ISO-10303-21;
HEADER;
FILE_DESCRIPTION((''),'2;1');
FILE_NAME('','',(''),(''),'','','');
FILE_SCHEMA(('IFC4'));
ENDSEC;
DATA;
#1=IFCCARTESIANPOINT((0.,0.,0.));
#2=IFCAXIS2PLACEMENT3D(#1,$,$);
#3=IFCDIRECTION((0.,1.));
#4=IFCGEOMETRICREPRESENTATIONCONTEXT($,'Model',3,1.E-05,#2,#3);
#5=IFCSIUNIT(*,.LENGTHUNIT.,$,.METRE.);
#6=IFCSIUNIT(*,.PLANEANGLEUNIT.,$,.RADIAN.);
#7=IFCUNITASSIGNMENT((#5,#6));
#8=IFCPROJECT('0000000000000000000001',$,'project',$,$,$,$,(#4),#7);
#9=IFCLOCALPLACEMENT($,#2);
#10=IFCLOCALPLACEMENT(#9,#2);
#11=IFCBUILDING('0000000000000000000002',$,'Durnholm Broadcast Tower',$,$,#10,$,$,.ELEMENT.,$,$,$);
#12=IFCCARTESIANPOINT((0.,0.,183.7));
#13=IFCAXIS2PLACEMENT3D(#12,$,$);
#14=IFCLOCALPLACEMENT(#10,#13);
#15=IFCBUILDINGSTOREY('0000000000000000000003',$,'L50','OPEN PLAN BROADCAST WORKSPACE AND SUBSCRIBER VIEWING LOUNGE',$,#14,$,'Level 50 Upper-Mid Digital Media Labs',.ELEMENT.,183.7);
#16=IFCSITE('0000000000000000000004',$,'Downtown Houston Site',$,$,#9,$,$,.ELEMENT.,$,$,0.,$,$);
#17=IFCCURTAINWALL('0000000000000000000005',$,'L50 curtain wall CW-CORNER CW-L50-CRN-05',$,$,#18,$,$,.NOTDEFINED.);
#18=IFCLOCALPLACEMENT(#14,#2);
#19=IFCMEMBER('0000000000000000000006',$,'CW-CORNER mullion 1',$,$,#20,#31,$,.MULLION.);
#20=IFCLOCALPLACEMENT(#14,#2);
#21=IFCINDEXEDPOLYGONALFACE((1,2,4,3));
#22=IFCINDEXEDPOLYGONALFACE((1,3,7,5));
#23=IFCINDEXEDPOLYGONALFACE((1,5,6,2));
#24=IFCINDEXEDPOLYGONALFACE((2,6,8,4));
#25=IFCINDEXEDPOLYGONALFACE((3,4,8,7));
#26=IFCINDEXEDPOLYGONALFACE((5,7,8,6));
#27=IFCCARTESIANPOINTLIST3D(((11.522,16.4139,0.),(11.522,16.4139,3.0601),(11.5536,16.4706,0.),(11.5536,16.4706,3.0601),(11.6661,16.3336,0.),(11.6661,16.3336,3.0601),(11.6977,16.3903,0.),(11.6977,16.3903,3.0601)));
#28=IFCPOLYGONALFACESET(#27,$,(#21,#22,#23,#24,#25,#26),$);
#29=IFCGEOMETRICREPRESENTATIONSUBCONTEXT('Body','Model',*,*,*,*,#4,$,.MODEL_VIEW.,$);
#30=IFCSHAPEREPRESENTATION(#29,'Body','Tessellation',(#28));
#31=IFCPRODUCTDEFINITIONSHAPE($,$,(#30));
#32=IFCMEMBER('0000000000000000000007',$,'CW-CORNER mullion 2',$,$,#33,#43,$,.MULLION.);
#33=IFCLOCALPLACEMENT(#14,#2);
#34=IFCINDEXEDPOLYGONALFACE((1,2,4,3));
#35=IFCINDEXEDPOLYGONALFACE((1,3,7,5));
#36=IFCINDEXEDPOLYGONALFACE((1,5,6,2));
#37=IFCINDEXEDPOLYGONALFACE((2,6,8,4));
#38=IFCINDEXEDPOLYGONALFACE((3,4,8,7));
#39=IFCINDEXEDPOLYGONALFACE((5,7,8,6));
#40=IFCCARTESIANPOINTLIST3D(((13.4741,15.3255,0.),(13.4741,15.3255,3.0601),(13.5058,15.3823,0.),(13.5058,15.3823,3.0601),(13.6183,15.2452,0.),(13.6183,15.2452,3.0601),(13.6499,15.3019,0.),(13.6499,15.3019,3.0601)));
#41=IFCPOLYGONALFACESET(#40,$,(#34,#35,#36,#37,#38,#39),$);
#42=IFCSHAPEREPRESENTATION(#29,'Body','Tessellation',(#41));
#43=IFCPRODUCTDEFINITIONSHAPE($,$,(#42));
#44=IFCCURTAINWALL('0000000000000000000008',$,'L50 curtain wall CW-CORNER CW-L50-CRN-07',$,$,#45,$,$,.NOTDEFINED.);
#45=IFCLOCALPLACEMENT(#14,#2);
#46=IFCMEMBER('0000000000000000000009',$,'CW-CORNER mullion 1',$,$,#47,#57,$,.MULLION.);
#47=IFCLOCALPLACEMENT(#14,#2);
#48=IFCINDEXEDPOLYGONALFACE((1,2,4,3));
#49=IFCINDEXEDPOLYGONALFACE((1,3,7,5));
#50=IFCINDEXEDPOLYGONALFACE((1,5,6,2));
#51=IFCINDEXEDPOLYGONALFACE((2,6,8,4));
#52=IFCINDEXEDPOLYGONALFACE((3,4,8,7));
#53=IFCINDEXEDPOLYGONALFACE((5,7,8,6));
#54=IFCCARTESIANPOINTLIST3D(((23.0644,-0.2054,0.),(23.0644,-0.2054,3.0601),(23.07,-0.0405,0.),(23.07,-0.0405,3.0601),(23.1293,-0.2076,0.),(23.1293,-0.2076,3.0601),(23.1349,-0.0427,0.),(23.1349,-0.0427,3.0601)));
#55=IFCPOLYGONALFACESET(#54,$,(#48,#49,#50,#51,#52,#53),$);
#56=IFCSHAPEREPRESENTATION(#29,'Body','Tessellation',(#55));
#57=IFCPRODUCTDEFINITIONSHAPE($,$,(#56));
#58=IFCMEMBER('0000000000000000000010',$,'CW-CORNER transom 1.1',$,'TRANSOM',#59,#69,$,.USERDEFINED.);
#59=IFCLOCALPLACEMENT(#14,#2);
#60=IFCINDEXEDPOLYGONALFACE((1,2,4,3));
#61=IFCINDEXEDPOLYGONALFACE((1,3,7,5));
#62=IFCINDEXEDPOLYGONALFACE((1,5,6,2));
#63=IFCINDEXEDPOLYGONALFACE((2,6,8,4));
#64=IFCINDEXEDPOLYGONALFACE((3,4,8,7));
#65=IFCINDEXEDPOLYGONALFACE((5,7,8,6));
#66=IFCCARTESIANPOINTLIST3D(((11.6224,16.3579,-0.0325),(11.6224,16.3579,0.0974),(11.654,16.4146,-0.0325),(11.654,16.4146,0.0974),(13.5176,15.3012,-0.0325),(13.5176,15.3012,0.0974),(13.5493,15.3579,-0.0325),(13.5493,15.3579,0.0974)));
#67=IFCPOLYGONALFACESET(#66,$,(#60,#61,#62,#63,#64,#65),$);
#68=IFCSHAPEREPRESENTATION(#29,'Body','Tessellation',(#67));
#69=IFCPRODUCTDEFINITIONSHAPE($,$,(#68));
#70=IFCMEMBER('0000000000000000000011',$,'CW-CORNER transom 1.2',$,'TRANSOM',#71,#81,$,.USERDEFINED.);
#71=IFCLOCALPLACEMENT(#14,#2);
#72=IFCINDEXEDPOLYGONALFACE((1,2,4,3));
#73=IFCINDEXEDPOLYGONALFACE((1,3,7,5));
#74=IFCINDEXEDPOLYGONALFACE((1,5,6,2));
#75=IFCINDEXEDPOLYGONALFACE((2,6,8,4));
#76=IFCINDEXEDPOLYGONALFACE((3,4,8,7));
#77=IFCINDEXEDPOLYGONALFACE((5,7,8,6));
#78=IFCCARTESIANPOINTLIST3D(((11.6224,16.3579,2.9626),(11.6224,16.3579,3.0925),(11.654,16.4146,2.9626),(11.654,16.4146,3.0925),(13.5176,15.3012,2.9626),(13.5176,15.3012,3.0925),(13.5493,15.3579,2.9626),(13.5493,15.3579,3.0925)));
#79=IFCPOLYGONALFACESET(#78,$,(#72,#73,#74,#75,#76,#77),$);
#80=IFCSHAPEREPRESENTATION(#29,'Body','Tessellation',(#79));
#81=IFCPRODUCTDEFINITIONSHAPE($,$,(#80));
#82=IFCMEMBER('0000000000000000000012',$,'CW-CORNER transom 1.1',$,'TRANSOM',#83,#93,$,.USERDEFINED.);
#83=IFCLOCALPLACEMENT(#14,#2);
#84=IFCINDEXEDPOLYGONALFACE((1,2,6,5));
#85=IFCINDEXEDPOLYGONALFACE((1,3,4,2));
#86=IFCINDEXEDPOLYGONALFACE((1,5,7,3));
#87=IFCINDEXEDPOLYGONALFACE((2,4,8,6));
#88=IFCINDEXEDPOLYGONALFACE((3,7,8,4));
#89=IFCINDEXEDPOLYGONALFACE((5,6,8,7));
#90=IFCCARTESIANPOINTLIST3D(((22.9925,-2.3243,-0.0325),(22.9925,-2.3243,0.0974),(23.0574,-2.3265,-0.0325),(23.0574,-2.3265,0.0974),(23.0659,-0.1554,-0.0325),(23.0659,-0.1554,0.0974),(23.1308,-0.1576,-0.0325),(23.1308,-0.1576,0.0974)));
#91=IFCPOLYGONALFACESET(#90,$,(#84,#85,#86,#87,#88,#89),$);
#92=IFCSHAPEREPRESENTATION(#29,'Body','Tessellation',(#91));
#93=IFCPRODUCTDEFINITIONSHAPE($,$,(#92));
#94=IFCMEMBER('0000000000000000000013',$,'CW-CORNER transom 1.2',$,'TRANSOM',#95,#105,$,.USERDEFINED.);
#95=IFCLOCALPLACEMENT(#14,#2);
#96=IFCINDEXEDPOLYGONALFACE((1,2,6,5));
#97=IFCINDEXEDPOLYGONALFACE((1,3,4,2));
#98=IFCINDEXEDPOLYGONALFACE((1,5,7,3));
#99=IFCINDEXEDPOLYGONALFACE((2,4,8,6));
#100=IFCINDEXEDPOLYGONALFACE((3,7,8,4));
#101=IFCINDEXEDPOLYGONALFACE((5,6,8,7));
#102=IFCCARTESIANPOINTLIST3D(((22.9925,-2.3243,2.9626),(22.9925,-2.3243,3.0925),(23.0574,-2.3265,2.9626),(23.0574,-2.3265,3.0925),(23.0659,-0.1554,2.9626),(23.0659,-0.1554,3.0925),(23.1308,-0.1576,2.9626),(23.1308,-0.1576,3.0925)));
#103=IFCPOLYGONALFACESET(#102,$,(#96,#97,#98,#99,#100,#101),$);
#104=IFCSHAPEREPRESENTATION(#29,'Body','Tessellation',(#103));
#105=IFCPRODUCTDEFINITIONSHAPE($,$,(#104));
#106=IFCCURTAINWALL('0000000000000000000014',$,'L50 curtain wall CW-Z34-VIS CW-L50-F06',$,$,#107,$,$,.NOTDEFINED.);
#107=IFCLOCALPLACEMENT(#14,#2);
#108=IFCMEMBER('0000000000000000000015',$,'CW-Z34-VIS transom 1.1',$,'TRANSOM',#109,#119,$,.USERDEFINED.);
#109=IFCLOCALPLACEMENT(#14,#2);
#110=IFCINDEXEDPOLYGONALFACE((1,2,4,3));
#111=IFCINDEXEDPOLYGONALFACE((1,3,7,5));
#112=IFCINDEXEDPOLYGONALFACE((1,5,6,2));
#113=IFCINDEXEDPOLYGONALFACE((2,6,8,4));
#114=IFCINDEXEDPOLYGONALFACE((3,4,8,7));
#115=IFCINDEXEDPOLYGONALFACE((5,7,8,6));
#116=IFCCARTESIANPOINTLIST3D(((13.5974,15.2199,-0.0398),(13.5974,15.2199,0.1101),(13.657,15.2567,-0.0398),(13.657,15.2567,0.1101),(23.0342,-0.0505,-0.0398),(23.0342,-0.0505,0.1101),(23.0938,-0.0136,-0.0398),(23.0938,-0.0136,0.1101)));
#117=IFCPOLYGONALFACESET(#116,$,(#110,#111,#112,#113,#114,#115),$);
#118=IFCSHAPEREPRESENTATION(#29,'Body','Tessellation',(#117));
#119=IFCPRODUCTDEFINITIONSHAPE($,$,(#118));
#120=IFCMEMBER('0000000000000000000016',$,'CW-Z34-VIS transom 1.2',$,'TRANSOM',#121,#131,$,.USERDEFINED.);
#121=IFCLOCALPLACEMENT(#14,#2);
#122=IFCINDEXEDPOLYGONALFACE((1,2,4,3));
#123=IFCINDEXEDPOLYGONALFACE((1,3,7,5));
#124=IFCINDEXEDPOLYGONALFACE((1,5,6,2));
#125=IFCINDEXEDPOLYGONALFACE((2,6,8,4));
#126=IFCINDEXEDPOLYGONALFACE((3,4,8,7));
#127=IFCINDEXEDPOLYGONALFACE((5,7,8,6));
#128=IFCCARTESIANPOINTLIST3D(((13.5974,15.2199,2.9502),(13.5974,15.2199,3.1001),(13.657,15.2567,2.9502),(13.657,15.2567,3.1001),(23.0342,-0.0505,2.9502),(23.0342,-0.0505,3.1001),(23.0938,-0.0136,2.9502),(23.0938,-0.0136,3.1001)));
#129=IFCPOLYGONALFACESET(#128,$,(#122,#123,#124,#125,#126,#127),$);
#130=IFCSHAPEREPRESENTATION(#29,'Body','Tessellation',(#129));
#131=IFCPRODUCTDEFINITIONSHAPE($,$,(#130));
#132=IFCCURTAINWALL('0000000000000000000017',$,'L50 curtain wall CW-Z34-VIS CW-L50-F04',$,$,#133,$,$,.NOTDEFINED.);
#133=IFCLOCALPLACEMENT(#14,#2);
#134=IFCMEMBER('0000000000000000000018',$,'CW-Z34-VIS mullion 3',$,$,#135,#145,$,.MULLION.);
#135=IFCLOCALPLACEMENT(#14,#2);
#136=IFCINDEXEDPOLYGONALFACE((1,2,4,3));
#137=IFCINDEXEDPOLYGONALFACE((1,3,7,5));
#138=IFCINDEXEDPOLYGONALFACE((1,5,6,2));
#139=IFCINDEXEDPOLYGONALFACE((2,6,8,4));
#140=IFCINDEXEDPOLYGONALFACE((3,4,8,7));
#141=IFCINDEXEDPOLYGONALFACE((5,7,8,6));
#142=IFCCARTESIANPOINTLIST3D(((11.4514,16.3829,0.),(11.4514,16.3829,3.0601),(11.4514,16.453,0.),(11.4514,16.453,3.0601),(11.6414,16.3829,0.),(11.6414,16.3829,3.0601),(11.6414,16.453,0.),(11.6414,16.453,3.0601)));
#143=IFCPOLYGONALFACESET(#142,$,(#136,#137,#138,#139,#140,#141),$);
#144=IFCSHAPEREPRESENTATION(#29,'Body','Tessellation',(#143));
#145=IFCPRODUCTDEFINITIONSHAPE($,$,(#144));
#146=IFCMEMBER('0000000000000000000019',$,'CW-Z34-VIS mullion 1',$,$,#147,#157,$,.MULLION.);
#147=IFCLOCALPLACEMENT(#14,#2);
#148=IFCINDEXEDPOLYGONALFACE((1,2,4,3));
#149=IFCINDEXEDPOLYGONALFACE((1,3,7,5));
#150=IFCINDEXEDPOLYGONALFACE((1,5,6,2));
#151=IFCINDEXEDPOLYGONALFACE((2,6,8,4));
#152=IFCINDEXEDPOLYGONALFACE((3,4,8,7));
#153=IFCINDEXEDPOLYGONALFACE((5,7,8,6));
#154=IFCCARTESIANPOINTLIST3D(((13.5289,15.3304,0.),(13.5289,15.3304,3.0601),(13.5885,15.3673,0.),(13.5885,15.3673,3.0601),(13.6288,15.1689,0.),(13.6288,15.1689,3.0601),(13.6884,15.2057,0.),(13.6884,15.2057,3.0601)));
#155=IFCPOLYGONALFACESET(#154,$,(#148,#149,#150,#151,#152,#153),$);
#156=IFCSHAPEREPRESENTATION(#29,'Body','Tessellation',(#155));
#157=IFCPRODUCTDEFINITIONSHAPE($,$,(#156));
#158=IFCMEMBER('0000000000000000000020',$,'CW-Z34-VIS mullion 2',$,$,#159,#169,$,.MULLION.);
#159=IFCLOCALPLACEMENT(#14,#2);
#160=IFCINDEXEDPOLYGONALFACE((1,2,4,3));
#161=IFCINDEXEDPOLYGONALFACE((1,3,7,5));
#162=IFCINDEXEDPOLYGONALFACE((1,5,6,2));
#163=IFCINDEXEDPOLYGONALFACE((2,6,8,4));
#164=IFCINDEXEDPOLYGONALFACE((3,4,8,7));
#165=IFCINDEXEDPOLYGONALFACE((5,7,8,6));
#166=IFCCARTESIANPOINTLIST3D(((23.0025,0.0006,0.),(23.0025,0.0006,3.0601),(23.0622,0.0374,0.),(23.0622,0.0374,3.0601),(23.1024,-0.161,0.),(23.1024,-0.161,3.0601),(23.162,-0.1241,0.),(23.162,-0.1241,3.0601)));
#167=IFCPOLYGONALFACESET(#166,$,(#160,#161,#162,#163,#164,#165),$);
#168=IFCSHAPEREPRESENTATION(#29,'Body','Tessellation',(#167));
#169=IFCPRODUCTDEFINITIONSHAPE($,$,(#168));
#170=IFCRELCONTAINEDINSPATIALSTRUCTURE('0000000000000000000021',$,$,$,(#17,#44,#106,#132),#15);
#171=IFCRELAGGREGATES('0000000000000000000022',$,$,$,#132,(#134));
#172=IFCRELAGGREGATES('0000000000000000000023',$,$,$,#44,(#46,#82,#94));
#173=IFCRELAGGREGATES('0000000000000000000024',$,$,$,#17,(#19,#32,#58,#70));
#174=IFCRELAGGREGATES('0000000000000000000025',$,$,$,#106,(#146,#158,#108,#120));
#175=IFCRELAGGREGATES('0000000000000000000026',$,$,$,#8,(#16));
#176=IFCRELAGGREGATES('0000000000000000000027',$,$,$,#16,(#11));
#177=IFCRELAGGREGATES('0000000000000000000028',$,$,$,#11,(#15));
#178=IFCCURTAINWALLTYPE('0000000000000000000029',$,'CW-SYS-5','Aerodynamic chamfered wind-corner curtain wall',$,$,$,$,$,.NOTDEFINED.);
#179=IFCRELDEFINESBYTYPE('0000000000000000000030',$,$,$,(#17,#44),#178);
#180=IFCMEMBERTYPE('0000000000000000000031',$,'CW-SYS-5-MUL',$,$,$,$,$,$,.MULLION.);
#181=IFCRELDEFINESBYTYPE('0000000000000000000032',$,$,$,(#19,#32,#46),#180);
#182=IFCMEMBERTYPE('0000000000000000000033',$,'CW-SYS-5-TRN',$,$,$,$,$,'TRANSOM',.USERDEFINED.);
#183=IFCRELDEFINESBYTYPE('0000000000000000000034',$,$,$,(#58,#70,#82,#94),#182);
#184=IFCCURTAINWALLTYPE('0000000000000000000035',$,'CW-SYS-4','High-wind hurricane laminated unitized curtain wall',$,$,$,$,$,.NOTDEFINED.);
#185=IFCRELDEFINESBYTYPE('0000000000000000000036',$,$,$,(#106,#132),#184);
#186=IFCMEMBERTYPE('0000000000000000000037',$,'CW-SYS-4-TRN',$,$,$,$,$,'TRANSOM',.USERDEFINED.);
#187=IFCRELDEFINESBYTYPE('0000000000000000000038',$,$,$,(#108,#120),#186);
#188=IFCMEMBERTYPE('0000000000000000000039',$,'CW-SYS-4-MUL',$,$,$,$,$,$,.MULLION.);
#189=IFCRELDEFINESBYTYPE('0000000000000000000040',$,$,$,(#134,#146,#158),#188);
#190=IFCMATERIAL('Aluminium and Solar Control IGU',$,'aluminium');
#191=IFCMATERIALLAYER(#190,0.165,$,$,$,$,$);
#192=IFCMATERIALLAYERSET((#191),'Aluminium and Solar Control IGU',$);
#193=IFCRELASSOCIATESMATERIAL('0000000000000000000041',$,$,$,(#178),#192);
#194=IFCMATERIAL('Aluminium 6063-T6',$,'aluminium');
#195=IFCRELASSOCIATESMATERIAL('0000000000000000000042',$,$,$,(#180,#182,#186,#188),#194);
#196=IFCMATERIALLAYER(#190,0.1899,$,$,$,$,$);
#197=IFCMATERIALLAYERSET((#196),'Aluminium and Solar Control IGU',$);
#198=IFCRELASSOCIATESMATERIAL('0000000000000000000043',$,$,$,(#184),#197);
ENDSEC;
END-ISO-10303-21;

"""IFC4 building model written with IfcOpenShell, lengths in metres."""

from ifc_helpers import new_model, si_unit, direction, frame, origin, origin_2d, place, context, subcontext, project, spatial, rectangle, extrude, source, transform, mapped, material, layer, layer_set, material_profile, profile_set, type_object, type_shapes, element, aggregate, save


model = new_model("IFC4")

# Units and contexts
model_context = context("Model", 3, precision=1e-05, world=origin(), true_north=direction((0.0, 1.0)))
body_context = subcontext(model_context, "Body", "Model", "MODEL_VIEW")
ifc_project = project(units=[si_unit("LENGTHUNIT", "METRE"), si_unit("PLANEANGLEUNIT", "RADIAN")], contexts=[model_context])

# Site, building, storey
site_placement = place(None, origin())
site = spatial("IfcSite", under=ifc_project, at=site_placement, Name="Downtown Houston Site", CompositionType="ELEMENT", RefElevation=0.0)
building_placement = place(site_placement, origin())
building = spatial("IfcBuilding", under=site, at=building_placement, Name="Durnholm Broadcast Tower", CompositionType="ELEMENT")
storey_placement = place(building_placement, frame((0.0, 0.0, 183.7)))
storey = spatial("IfcBuildingStorey", under=building, at=storey_placement, Name="L50", Description="OPEN PLAN BROADCAST WORKSPACE AND SUBSCRIBER VIEWING LOUNGE", LongName="Level 50 Upper-Mid Digital Media Labs", CompositionType="ELEMENT", Elevation=183.7)

# Curtain wall, members
ifc_material_1 = material(Name="Aluminium and Solar Control IGU", Category="aluminium")
ifc_layer_1 = layer(ifc_material_1, 0.165)
ifc_layer_set_1 = layer_set([ifc_layer_1], Name="Aluminium and Solar Control IGU")
curtain_wall_type_1 = type_object("IfcCurtainWallType", Name="CW-SYS-5", Description="Aerodynamic chamfered wind-corner curtain wall", PredefinedType="NOTDEFINED", material=ifc_layer_set_1)
curtain_wall_1_placement = place(storey_placement, origin())
curtain_wall_1 = element("IfcCurtainWall", 1, at=curtain_wall_1_placement, inside=storey, type_object=curtain_wall_type_1, Name="L50 curtain wall CW-CORNER CW-L50-CRN-05", PredefinedType="NOTDEFINED")
ifc_material_2 = material(Name="Aluminium 6063-T6", Category="aluminium")
ifc_material_profile_1 = material_profile(ifc_material_2, rectangle(XDim=0.0649, YDim=0.165, at=origin_2d()), Name="CWM65X165")
ifc_profile_set_1 = profile_set([ifc_material_profile_1], Name="Aluminium 6063-T6")
member_type_1 = type_object("IfcMemberType", Name="CW-SYS-5-MUL", PredefinedType="MULLION", material=ifc_profile_set_1)
shared_shape_1 = source(origin(), body_context, "Body", "SweptSolid", [
    extrude(rectangle(XDim=0.0649, YDim=0.165, at=origin_2d()), origin(), (0.0, 0.0, 1.0), 3.0601),
])
type_shapes(member_type_1, [shared_shape_1])
member_1_placement = place(storey_placement, frame((11.6099, 16.4021, 0.0), z_axis=(0.0, 0.0, 1.0), x_axis=(0.486986, 0.87341, 0.0)))
member_1 = element("IfcMember", 2, at=member_1_placement, type_object=member_type_1, Name="CW-CORNER mullion 1", PredefinedType="MULLION", context=body_context, shape_type="MappedRepresentation", body=[
    mapped(shared_shape_1, transform((0.0, 0.0, 0.0), x_axis=(1.0, 0.0, 0.0), y_axis=(0.0, 1.0, 0.0), z_axis=(0.0, 0.0, 1.0), scale=1.0)),
])
member_2_placement = place(storey_placement, frame((13.562, 15.3137, 0.0), z_axis=(0.0, 0.0, 1.0), x_axis=(0.486986, 0.87341, 0.0)))
member_2 = element("IfcMember", 3, at=member_2_placement, type_object=member_type_1, Name="CW-CORNER mullion 2", PredefinedType="MULLION", context=body_context, shape_type="MappedRepresentation", body=[
    mapped(shared_shape_1, transform((0.0, 0.0, 0.0), x_axis=(1.0, 0.0, 0.0), y_axis=(0.0, 1.0, 0.0), z_axis=(0.0, 0.0, 1.0), scale=1.0)),
])

# Curtain wall, member
curtain_wall_2_placement = place(storey_placement, origin())
curtain_wall_2 = element("IfcCurtainWall", 4, at=curtain_wall_2_placement, inside=storey, type_object=curtain_wall_type_1, Name="L50 curtain wall CW-CORNER CW-L50-CRN-07", PredefinedType="NOTDEFINED")
member_3_placement = place(storey_placement, frame((23.0996, -0.124, 0.0), z_axis=(0.0, 0.0, 1.0), x_axis=(0.999425, -0.033913, 0.0)))
member_3 = element("IfcMember", 5, at=member_3_placement, type_object=member_type_1, Name="CW-CORNER mullion 1", PredefinedType="MULLION", context=body_context, shape_type="MappedRepresentation", body=[
    mapped(shared_shape_1, transform((0.0, 0.0, 0.0), x_axis=(1.0, 0.0, 0.0), y_axis=(0.0, 1.0, 0.0), z_axis=(0.0, 0.0, 1.0), scale=1.0)),
])

# Members
ifc_material_profile_2 = material_profile(ifc_material_2, rectangle(XDim=0.0649, YDim=0.1299, at=origin_2d()), Name="CWT65X130")
ifc_profile_set_2 = profile_set([ifc_material_profile_2], Name="Aluminium 6063-T6")
member_type_2 = type_object("IfcMemberType", Name="CW-SYS-5-TRN", ElementType="TRANSOM", PredefinedType="USERDEFINED", material=ifc_profile_set_2)
shared_shape_2 = source(origin(), body_context, "Body", "SweptSolid", [
    extrude(rectangle(XDim=0.0649, YDim=0.1299, at=origin_2d()), origin(), (0.0, 0.0, 1.0), 2.1699),
])
member_4_placement = place(storey_placement, frame((11.6382, 16.3862, 0.0325), z_axis=(0.873429, -0.486951, 0.0), x_axis=(0.486951, 0.873429, 0.0)))
member_4 = element("IfcMember", 6, at=member_4_placement, type_object=member_type_2, Name="CW-CORNER transom 1.1", ObjectType="TRANSOM", PredefinedType="USERDEFINED", context=body_context, shape_type="MappedRepresentation", body=[
    mapped(shared_shape_2, transform((0.0, 0.0, 0.0), x_axis=(1.0, 0.0, 0.0), y_axis=(0.0, 1.0, 0.0), z_axis=(0.0, 0.0, 1.0), scale=1.0)),
])
member_5_placement = place(storey_placement, frame((11.6382, 16.3862, 3.0276), z_axis=(0.873429, -0.486951, 0.0), x_axis=(0.486951, 0.873429, 0.0)))
member_5 = element("IfcMember", 7, at=member_5_placement, type_object=member_type_2, Name="CW-CORNER transom 1.2", ObjectType="TRANSOM", PredefinedType="USERDEFINED", context=body_context, shape_type="MappedRepresentation", body=[
    mapped(shared_shape_2, transform((0.0, 0.0, 0.0), x_axis=(1.0, 0.0, 0.0), y_axis=(0.0, 1.0, 0.0), z_axis=(0.0, 0.0, 1.0), scale=1.0)),
])
shared_shape_3 = source(origin(), body_context, "Body", "SweptSolid", [
    extrude(rectangle(XDim=0.0649, YDim=0.1299, at=origin_2d()), origin(), (0.0, 0.0, 1.0), 2.1702),
])
type_shapes(member_type_2, [shared_shape_2, shared_shape_3])
member_6_placement = place(storey_placement, frame((23.0984, -0.1565, 0.0325), z_axis=(-0.033862, -0.999427, 0.0), x_axis=(0.999427, -0.033862, 0.0)))
member_6 = element("IfcMember", 8, at=member_6_placement, type_object=member_type_2, Name="CW-CORNER transom 1.1", ObjectType="TRANSOM", PredefinedType="USERDEFINED", context=body_context, shape_type="MappedRepresentation", body=[
    mapped(shared_shape_3, transform((0.0, 0.0, 0.0), x_axis=(1.0, 0.0, 0.0), y_axis=(0.0, 1.0, 0.0), z_axis=(0.0, 0.0, 1.0), scale=1.0)),
])
member_7_placement = place(storey_placement, frame((23.0984, -0.1565, 3.0276), z_axis=(-0.033862, -0.999427, 0.0), x_axis=(0.999427, -0.033862, 0.0)))
member_7 = element("IfcMember", 9, at=member_7_placement, type_object=member_type_2, Name="CW-CORNER transom 1.2", ObjectType="TRANSOM", PredefinedType="USERDEFINED", context=body_context, shape_type="MappedRepresentation", body=[
    mapped(shared_shape_3, transform((0.0, 0.0, 0.0), x_axis=(1.0, 0.0, 0.0), y_axis=(0.0, 1.0, 0.0), z_axis=(0.0, 0.0, 1.0), scale=1.0)),
])

# Curtain wall, members
ifc_layer_2 = layer(ifc_material_1, 0.1899)
ifc_layer_set_2 = layer_set([ifc_layer_2], Name="Aluminium and Solar Control IGU")
curtain_wall_type_2 = type_object("IfcCurtainWallType", Name="CW-SYS-4", Description="High-wind hurricane laminated unitized curtain wall", PredefinedType="NOTDEFINED", material=ifc_layer_set_2)
curtain_wall_3_placement = place(storey_placement, origin())
curtain_wall_3 = element("IfcCurtainWall", 10, at=curtain_wall_3_placement, inside=storey, type_object=curtain_wall_type_2, Name="L50 curtain wall CW-Z34-VIS CW-L50-F06", PredefinedType="NOTDEFINED")
ifc_material_profile_3 = material_profile(ifc_material_2, rectangle(XDim=0.0701, YDim=0.1499, at=origin_2d()), Name="CWT70X150")
ifc_profile_set_3 = profile_set([ifc_material_profile_3], Name="Aluminium 6063-T6")
member_type_3 = type_object("IfcMemberType", Name="CW-SYS-4-TRN", ElementType="TRANSOM", PredefinedType="USERDEFINED", material=ifc_profile_set_3)
shared_shape_4 = source(origin(), body_context, "Body", "SweptSolid", [
    extrude(rectangle(XDim=0.0701, YDim=0.1499, at=origin_2d()), origin(), (0.0, 0.0, 1.0), 17.9509),
])
type_shapes(member_type_3, [shared_shape_4])
member_8_placement = place(storey_placement, frame((13.6272, 15.2383, 0.0352), z_axis=(0.5257, -0.85067, 0.0), x_axis=(0.85067, 0.5257, 0.0)))
member_8 = element("IfcMember", 11, at=member_8_placement, type_object=member_type_3, Name="CW-Z34-VIS transom 1.1", ObjectType="TRANSOM", PredefinedType="USERDEFINED", context=body_context, shape_type="MappedRepresentation", body=[
    mapped(shared_shape_4, transform((0.0, 0.0, 0.0), x_axis=(1.0, 0.0, 0.0), y_axis=(0.0, 1.0, 0.0), z_axis=(0.0, 0.0, 1.0), scale=1.0)),
])
member_9_placement = place(storey_placement, frame((13.6272, 15.2383, 3.0251), z_axis=(0.5257, -0.85067, 0.0), x_axis=(0.85067, 0.5257, 0.0)))
member_9 = element("IfcMember", 12, at=member_9_placement, type_object=member_type_3, Name="CW-Z34-VIS transom 1.2", ObjectType="TRANSOM", PredefinedType="USERDEFINED", context=body_context, shape_type="MappedRepresentation", body=[
    mapped(shared_shape_4, transform((0.0, 0.0, 0.0), x_axis=(1.0, 0.0, 0.0), y_axis=(0.0, 1.0, 0.0), z_axis=(0.0, 0.0, 1.0), scale=1.0)),
])

# Curtain wall, member
curtain_wall_4_placement = place(storey_placement, origin())
curtain_wall_4 = element("IfcCurtainWall", 13, at=curtain_wall_4_placement, inside=storey, type_object=curtain_wall_type_2, Name="L50 curtain wall CW-Z34-VIS CW-L50-F04", PredefinedType="NOTDEFINED")
ifc_material_profile_4 = material_profile(ifc_material_2, rectangle(XDim=0.0701, YDim=0.1899, at=origin_2d()), Name="CWM70X190")
ifc_profile_set_4 = profile_set([ifc_material_profile_4], Name="Aluminium 6063-T6")
member_type_4 = type_object("IfcMemberType", Name="CW-SYS-4-MUL", PredefinedType="MULLION", material=ifc_profile_set_4)
shared_shape_5 = source(origin(), body_context, "Body", "SweptSolid", [
    extrude(rectangle(XDim=0.0701, YDim=0.1899, at=origin_2d()), origin(), (0.0, 0.0, 1.0), 3.0601),
])
type_shapes(member_type_4, [shared_shape_5])
member_10_placement = place(storey_placement, frame((11.5464, 16.418, 0.0), z_axis=(0.0, 0.0, 1.0), x_axis=(0.0, 1.0, 0.0)))
member_10 = element("IfcMember", 14, at=member_10_placement, type_object=member_type_4, Name="CW-Z34-VIS mullion 3", PredefinedType="MULLION", context=body_context, shape_type="MappedRepresentation", body=[
    mapped(shared_shape_5, transform((0.0, 0.0, 0.0), x_axis=(1.0, 0.0, 0.0), y_axis=(0.0, 1.0, 0.0), z_axis=(0.0, 0.0, 1.0), scale=1.0)),
])
aggregate(curtain_wall_4, [member_10])

# Members
member_11_placement = place(storey_placement, frame((13.6086, 15.2681, 0.0), z_axis=(0.0, 0.0, 1.0), x_axis=(0.850671, 0.525698, 0.0)))
member_11 = element("IfcMember", 15, at=member_11_placement, type_object=member_type_4, Name="CW-Z34-VIS mullion 1", PredefinedType="MULLION", context=body_context, shape_type="MappedRepresentation", body=[
    mapped(shared_shape_5, transform((0.0, 0.0, 0.0), x_axis=(1.0, 0.0, 0.0), y_axis=(0.0, 1.0, 0.0), z_axis=(0.0, 0.0, 1.0), scale=1.0)),
])
member_12_placement = place(storey_placement, frame((23.0823, -0.0618, 0.0), z_axis=(0.0, 0.0, 1.0), x_axis=(0.850671, 0.525698, 0.0)))
member_12 = element("IfcMember", 16, at=member_12_placement, type_object=member_type_4, Name="CW-Z34-VIS mullion 2", PredefinedType="MULLION", context=body_context, shape_type="MappedRepresentation", body=[
    mapped(shared_shape_5, transform((0.0, 0.0, 0.0), x_axis=(1.0, 0.0, 0.0), y_axis=(0.0, 1.0, 0.0), z_axis=(0.0, 0.0, 1.0), scale=1.0)),
])

aggregate(curtain_wall_2, [member_3, member_6, member_7])
aggregate(curtain_wall_1, [member_1, member_2, member_4, member_5])
aggregate(curtain_wall_3, [member_11, member_12, member_8, member_9])

save(model, "model.ifc")
